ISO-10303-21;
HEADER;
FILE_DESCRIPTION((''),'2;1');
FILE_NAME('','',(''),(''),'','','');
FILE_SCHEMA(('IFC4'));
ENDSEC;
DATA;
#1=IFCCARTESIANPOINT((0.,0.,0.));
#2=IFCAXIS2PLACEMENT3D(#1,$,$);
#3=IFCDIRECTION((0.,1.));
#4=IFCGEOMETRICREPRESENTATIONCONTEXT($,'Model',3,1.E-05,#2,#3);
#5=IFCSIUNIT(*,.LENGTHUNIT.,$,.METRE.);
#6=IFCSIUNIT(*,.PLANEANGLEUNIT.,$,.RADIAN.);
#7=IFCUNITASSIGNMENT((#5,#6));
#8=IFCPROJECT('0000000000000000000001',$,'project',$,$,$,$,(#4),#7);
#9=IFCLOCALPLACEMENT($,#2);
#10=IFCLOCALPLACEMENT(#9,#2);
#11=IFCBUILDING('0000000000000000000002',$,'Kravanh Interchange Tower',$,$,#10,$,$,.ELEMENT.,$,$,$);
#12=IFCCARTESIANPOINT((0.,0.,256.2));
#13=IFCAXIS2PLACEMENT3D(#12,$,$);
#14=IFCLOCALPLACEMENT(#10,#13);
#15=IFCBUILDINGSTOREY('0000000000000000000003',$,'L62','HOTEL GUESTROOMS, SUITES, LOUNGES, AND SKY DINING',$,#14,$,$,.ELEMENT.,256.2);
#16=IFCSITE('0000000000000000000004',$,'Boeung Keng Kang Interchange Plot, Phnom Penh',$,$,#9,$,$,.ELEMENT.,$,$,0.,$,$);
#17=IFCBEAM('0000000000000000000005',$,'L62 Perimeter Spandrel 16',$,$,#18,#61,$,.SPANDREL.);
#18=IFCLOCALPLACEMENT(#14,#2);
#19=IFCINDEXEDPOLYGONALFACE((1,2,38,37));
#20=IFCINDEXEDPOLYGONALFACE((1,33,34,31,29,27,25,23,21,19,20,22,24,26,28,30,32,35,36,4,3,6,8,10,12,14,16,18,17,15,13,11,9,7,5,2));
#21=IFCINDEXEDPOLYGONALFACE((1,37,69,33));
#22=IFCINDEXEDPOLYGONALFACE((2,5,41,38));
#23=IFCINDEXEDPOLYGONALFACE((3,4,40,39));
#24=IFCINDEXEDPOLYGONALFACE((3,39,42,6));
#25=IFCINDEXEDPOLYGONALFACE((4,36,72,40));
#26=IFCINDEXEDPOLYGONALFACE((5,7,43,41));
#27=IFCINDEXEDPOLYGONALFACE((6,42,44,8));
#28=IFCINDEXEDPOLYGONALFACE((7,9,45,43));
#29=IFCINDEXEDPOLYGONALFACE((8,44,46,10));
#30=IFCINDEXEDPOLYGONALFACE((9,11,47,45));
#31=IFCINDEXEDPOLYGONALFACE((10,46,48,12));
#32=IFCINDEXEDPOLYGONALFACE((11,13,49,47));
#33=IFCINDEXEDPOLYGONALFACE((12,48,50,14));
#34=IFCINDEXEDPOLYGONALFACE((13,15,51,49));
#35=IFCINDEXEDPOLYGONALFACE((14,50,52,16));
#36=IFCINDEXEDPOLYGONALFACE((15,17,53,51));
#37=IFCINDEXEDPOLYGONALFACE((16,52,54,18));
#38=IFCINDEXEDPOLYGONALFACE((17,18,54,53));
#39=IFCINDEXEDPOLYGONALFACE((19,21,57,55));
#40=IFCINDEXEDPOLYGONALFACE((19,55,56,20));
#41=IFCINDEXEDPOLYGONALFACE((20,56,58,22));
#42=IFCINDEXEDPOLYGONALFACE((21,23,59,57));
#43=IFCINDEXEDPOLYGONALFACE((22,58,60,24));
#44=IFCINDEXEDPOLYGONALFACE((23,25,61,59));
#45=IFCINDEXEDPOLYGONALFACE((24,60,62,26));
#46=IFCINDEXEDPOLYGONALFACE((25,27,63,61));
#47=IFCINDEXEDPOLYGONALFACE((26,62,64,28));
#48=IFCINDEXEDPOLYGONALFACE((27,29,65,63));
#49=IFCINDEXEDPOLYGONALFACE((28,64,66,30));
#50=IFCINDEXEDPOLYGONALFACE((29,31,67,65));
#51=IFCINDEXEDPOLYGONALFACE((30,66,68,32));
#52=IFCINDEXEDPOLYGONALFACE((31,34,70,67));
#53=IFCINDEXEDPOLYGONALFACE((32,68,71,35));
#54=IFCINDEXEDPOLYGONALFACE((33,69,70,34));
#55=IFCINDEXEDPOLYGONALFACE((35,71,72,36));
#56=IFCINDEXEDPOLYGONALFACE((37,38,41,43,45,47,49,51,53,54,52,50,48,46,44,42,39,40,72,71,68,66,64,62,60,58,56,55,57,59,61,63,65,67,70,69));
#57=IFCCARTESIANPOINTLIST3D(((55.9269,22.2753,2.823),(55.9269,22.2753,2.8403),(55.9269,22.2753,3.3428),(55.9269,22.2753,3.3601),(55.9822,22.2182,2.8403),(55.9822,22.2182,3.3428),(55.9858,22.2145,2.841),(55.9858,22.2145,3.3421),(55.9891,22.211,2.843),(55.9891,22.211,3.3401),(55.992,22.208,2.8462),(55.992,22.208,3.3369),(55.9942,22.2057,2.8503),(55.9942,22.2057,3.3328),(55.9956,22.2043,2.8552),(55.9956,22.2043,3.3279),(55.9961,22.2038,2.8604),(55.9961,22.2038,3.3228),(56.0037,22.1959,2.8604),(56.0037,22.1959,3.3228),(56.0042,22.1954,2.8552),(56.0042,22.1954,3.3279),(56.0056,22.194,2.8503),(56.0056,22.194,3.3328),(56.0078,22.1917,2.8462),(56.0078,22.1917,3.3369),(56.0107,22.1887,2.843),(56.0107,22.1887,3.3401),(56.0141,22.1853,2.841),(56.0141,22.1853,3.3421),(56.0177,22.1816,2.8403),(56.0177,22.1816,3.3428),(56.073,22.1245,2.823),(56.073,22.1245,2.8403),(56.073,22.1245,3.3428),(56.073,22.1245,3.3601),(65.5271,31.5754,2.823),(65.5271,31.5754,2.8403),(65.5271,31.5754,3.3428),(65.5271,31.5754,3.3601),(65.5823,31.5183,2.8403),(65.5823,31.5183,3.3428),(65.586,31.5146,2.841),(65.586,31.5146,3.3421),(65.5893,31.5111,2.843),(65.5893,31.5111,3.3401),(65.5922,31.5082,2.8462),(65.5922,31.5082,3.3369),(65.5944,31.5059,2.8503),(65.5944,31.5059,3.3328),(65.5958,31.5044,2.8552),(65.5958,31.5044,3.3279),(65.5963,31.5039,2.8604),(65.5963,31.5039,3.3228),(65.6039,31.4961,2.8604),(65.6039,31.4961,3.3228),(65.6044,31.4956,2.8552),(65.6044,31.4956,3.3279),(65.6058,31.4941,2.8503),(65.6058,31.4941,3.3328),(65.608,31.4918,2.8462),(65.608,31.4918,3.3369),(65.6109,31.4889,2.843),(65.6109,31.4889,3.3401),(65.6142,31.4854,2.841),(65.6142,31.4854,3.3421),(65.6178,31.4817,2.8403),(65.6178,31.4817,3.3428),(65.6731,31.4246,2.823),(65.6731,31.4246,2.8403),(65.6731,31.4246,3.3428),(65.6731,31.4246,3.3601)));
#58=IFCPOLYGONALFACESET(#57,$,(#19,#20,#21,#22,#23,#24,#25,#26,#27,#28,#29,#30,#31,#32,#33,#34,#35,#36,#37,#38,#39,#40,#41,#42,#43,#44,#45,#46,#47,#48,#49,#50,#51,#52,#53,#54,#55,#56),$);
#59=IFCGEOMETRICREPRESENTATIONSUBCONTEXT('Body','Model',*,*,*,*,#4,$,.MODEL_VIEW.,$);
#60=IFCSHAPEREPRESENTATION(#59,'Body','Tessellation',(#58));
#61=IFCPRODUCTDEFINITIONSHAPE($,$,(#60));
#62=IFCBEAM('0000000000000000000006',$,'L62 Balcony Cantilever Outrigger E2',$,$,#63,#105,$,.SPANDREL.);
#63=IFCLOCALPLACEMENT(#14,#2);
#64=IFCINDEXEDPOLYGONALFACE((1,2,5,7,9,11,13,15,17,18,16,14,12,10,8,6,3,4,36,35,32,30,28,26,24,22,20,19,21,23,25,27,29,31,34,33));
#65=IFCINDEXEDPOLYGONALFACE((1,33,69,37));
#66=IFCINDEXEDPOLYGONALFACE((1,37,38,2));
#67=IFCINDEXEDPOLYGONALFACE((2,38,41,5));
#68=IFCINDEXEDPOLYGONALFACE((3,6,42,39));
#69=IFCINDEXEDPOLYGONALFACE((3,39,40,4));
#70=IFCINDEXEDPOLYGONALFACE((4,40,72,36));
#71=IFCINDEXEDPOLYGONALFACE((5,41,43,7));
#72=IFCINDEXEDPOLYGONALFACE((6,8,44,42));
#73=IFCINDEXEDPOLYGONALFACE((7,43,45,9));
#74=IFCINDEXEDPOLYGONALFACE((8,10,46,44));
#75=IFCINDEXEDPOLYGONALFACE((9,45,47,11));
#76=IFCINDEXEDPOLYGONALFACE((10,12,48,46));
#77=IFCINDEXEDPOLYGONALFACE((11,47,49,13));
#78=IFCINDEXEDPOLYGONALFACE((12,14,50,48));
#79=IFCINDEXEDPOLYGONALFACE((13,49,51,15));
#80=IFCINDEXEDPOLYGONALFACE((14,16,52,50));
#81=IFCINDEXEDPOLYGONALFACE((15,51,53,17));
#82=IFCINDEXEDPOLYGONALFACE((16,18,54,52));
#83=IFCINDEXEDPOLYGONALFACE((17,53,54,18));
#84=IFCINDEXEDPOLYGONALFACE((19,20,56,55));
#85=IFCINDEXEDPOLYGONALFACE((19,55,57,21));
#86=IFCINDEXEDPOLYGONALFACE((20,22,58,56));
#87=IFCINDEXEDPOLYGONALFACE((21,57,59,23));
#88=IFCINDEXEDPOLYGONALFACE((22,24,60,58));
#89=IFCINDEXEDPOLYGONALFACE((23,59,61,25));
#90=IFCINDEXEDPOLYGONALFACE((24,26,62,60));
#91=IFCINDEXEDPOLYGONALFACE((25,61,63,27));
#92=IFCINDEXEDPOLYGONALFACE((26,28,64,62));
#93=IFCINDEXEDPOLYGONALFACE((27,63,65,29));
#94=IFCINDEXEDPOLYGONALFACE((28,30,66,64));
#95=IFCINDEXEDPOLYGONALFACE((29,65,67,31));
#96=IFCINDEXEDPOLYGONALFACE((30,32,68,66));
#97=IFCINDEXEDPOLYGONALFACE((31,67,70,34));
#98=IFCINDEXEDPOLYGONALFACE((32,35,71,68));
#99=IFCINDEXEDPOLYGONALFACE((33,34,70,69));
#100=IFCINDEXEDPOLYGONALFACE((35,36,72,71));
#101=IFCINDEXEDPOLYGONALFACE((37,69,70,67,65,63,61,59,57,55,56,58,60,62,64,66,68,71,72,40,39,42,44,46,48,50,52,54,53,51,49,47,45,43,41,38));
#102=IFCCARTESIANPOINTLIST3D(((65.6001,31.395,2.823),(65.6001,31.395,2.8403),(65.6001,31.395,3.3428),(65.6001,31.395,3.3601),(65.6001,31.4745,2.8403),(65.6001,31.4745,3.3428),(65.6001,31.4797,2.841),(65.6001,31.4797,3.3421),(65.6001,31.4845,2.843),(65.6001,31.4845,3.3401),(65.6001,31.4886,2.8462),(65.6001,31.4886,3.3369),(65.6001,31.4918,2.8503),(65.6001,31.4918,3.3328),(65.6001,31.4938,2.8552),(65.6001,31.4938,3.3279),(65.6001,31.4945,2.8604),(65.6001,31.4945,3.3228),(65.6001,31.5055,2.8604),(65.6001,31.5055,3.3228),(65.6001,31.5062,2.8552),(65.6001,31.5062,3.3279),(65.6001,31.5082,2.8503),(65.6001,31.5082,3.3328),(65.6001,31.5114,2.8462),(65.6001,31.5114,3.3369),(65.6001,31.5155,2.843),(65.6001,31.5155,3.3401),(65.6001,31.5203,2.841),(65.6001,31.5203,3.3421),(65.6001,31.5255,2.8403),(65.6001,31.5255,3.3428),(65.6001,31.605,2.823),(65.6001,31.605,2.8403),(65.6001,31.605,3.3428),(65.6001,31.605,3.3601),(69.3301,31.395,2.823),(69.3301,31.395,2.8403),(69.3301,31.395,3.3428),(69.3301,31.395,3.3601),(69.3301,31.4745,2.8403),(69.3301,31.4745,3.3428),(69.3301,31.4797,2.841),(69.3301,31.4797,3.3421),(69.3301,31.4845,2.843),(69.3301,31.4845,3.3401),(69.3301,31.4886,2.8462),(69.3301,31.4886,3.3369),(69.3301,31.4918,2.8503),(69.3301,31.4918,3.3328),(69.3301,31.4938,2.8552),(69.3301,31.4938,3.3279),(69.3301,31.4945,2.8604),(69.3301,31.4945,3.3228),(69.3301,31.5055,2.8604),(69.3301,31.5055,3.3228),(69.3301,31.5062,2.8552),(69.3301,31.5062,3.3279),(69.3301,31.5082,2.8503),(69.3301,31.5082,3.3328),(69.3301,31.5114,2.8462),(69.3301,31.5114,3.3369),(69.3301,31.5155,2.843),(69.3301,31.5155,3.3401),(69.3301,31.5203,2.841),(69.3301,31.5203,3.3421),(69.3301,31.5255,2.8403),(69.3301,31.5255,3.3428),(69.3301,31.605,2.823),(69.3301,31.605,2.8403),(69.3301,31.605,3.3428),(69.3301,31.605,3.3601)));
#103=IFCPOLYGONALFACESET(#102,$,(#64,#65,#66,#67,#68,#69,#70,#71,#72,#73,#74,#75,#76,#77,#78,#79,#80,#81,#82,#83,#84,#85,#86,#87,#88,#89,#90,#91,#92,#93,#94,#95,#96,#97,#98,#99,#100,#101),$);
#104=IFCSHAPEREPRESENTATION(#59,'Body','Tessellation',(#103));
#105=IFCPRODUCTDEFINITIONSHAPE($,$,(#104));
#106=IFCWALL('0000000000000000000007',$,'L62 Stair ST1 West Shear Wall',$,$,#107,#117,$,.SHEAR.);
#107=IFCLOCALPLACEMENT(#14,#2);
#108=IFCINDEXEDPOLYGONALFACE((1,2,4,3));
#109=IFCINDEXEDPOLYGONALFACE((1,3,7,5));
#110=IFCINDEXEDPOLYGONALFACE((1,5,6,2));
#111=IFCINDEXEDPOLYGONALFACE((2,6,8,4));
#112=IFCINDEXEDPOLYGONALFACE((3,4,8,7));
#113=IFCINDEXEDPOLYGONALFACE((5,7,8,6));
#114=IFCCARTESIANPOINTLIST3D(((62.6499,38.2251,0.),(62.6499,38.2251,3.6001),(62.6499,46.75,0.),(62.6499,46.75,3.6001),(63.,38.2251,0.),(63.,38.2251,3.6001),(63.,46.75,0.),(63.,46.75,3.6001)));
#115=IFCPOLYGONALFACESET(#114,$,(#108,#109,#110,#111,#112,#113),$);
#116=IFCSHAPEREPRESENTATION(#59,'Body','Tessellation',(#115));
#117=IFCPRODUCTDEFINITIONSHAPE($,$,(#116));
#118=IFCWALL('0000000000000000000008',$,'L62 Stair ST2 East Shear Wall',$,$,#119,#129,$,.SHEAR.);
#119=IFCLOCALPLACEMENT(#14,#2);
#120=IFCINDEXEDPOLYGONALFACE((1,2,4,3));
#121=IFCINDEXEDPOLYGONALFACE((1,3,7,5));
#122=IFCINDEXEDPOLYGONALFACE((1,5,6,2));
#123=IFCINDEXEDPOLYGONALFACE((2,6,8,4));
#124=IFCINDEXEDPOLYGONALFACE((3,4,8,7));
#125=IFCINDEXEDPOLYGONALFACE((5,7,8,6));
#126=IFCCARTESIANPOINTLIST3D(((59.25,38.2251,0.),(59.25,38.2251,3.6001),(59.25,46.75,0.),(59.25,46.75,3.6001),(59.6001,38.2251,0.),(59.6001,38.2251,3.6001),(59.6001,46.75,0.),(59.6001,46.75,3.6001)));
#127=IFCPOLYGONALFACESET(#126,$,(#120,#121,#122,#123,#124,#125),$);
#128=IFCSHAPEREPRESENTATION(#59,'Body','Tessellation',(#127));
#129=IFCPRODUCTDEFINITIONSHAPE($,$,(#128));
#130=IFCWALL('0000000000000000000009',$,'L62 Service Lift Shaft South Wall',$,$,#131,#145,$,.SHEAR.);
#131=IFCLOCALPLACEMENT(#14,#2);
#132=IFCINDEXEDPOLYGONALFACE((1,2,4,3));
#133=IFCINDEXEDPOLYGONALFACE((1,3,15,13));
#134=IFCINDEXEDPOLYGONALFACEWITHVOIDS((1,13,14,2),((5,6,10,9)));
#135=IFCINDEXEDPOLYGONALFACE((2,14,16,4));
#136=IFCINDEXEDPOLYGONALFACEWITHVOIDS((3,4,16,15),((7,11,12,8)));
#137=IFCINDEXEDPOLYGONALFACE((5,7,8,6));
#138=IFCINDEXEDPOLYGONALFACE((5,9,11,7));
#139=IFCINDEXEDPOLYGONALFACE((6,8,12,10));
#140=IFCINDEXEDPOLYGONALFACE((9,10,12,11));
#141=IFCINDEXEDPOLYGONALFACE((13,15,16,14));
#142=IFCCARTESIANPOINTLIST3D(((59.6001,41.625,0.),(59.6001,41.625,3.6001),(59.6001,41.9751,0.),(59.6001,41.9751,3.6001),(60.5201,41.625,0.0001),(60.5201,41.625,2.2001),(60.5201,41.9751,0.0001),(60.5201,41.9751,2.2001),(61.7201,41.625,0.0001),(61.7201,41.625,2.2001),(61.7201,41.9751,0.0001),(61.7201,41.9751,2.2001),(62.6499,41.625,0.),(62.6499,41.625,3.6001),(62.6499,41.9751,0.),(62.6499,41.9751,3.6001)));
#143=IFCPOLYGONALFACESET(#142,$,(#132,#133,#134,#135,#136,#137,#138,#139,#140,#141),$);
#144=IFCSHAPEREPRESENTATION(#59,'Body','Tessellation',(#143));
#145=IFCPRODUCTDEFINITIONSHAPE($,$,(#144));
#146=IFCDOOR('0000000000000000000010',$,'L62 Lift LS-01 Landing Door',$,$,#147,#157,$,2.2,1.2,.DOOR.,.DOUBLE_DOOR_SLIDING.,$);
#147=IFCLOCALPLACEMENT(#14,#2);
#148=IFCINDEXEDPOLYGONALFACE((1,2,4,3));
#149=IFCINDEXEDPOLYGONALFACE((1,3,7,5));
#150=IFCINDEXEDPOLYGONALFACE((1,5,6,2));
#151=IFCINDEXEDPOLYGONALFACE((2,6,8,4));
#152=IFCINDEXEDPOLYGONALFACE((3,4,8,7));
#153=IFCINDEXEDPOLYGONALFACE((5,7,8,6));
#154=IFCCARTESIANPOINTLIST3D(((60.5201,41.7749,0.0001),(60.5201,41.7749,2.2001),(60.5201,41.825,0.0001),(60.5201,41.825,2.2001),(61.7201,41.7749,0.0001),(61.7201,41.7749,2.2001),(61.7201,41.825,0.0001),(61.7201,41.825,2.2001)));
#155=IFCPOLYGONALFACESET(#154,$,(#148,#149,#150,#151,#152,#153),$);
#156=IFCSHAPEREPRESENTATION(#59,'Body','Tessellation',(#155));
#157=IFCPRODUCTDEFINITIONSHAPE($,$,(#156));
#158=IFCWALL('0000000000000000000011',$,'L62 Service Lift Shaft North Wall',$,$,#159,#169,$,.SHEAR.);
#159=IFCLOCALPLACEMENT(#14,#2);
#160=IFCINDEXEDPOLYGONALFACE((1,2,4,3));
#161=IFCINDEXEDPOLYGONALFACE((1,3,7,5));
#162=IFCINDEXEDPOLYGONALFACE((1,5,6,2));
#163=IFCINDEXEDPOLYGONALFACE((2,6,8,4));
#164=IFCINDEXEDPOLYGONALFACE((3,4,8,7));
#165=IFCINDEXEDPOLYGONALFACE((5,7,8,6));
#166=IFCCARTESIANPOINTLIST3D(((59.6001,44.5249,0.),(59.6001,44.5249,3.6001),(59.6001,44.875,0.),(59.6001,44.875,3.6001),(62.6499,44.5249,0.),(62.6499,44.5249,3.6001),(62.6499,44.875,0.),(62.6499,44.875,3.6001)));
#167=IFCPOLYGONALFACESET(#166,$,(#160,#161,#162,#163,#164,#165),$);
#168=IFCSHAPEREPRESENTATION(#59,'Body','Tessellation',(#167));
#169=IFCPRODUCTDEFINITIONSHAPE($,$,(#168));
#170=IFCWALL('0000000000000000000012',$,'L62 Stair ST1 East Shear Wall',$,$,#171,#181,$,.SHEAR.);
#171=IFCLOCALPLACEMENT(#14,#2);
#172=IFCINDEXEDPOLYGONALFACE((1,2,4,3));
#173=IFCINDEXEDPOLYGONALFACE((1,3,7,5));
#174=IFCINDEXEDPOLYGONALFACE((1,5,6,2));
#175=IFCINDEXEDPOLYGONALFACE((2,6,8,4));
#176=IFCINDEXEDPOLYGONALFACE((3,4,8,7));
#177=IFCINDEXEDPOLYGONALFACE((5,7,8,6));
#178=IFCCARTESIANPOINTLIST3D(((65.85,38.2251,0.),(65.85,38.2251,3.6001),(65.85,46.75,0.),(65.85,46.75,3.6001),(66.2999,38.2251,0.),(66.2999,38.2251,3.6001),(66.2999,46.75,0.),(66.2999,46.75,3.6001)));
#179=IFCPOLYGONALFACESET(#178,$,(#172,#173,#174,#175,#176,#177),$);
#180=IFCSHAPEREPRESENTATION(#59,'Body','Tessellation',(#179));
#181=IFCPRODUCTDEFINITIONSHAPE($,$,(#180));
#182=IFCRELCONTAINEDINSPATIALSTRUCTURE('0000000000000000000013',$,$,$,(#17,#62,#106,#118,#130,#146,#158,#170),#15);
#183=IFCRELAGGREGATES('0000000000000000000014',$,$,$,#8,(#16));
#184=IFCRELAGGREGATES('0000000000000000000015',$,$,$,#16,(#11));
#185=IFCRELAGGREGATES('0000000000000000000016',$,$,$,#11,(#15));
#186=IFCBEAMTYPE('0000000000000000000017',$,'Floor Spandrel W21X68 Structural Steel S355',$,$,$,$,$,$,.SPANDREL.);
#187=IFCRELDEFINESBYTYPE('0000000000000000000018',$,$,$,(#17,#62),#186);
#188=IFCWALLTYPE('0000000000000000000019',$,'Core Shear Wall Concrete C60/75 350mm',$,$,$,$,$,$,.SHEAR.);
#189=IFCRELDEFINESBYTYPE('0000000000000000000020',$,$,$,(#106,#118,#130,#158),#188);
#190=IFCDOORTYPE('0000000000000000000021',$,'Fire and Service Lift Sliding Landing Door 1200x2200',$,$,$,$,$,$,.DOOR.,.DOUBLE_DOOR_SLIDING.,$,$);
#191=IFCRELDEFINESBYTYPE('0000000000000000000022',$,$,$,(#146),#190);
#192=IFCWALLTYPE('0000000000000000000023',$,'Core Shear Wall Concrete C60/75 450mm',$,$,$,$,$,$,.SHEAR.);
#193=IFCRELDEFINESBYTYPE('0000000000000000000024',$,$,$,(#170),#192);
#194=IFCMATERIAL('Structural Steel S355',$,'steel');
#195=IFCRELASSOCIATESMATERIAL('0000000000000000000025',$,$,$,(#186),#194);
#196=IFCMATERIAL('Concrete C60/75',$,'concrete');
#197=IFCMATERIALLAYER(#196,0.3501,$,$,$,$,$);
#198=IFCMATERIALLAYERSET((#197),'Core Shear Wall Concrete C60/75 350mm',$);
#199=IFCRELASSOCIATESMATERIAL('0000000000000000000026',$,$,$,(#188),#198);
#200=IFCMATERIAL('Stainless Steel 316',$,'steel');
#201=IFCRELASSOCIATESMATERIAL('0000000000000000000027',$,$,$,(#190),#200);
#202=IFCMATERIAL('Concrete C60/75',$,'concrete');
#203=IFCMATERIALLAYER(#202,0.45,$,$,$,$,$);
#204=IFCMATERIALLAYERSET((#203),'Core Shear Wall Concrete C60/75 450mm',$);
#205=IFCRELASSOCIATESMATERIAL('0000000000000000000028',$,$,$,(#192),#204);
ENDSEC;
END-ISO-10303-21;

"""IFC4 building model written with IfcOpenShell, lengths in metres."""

from ifc_helpers import new_model, si_unit, direction, frame, frame_2d, origin, origin_2d, place, context, subcontext, project, spatial, rectangle, i_section, extrude, material, layer, layer_set, material_profile, profile_set, type_object, element, fill, save


model = new_model("IFC4")

# Units and contexts
model_context = context("Model", 3, precision=1e-05, world=origin(), true_north=direction((0.0, 1.0)))
body_context = subcontext(model_context, "Body", "Model", "MODEL_VIEW")
ifc_project = project(units=[si_unit("LENGTHUNIT", "METRE"), si_unit("PLANEANGLEUNIT", "RADIAN")], contexts=[model_context])

# Site, building, storey
site_placement = place(None, origin())
site = spatial("IfcSite", under=ifc_project, at=site_placement, Name="Boeung Keng Kang Interchange Plot, Phnom Penh", CompositionType="ELEMENT", RefElevation=0.0)
building_placement = place(site_placement, origin())
building = spatial("IfcBuilding", under=site, at=building_placement, Name="Kravanh Interchange Tower", CompositionType="ELEMENT")
storey_placement = place(building_placement, frame((0.0, 0.0, 256.2)))
storey = spatial("IfcBuildingStorey", under=building, at=storey_placement, Name="L62", Description="HOTEL GUESTROOMS, SUITES, LOUNGES, AND SKY DINING", CompositionType="ELEMENT", Elevation=256.2)

# Beams
ifc_material_1 = material(Name="Structural Steel S355", Category="steel")
ifc_material_profile_1 = material_profile(ifc_material_1, i_section(OverallWidth=0.21, OverallDepth=0.5371, WebThickness=0.011, FlangeThickness=0.0173, FilletRadius=0.02, at=origin_2d()), Name="W21X68")
ifc_profile_set_1 = profile_set([ifc_material_profile_1], Name="Structural Steel S355")
beam_type_1 = type_object("IfcBeamType", Name="Floor Spandrel W21X68 Structural Steel S355", PredefinedType="SPANDREL", material=ifc_profile_set_1)
beam_1_placement = place(storey_placement, frame((65.6001, 31.5, 3.0916), z_axis=(-0.718242, -0.695793, 0.0), x_axis=(0.695793, -0.718242, 0.0)))
element("IfcBeam", 1, at=beam_1_placement, inside=storey, type_object=beam_type_1, Name="L62 Perimeter Spandrel 16", PredefinedType="SPANDREL", context=body_context, shape_type="SweptSolid", body=[
    extrude(i_section(OverallWidth=0.21, OverallDepth=0.5371, WebThickness=0.011, FlangeThickness=0.0173, FilletRadius=0.02, at=origin_2d()), origin(), (0.0, 0.0, 1.0), 13.3662),
])
beam_2_placement = place(storey_placement, frame((65.6001, 31.5, 3.0916), z_axis=(1.0, 0.0, 0.0), x_axis=(0.0, 1.0, 0.0)))
element("IfcBeam", 2, at=beam_2_placement, inside=storey, type_object=beam_type_1, Name="L62 Balcony Cantilever Outrigger E2", PredefinedType="SPANDREL", context=body_context, shape_type="SweptSolid", body=[
    extrude(i_section(OverallWidth=0.21, OverallDepth=0.5371, WebThickness=0.011, FlangeThickness=0.0173, FilletRadius=0.02, at=origin_2d()), origin(), (0.0, 0.0, 1.0), 3.73),
])

# Walls
ifc_material_2 = material(Name="Concrete C60/75", Category="concrete")
ifc_layer_1 = layer(ifc_material_2, 0.3501)
ifc_layer_set_1 = layer_set([ifc_layer_1], Name="Core Shear Wall Concrete C60/75 350mm")
wall_type_1 = type_object("IfcWallType", Name="Core Shear Wall Concrete C60/75 350mm", PredefinedType="SHEAR", material=ifc_layer_set_1)
for number, where, z_axis, x_axis, name in (
    (3, (62.825, 38.2251, 0.0), (0.0, 0.0, 1.0), (0.0, 1.0, 0.0), "L62 Stair ST1 West Shear Wall"),
    (4, (59.425, 38.2251, 0.0), (0.0, 0.0, 1.0), (0.0, 1.0, 0.0), "L62 Stair ST2 East Shear Wall"),
):
    element("IfcWall", number, at=place(storey_placement, frame(where, z_axis=z_axis, x_axis=x_axis)), inside=storey, type_object=wall_type_1, Name=name, PredefinedType="SHEAR", context=body_context, shape_type="SweptSolid", body=[
        extrude(rectangle(XDim=8.5249, YDim=0.3501, at=frame_2d((4.2625, 0.0))), origin(), (0.0, 0.0, 1.0), 3.6001),
    ])

# Wall, opening, door
wall_1_placement = place(storey_placement, frame((59.6001, 41.8, 0.0), z_axis=(0.0, 0.0, 1.0), x_axis=(1.0, 0.0, 0.0)))
wall_1 = element("IfcWall", 5, at=wall_1_placement, inside=storey, type_object=wall_type_1, Name="L62 Service Lift Shaft South Wall", PredefinedType="SHEAR", context=body_context, shape_type="SweptSolid", body=[
    extrude(rectangle(XDim=3.0498, YDim=0.3501, at=frame_2d((1.5249, 0.0))), origin(), (0.0, 0.0, 1.0), 3.6001),
])
opening_1_placement = place(wall_1_placement, frame((0.9199, 0.0, 0.0)))
opening_1 = element("IfcOpeningElement", 6, at=opening_1_placement, cuts=wall_1, PredefinedType="OPENING", context=body_context, shape_type="SweptSolid", body=[
    extrude(rectangle(XDim=1.2, YDim=2.2, at=frame_2d((0.6001, 1.1001))), frame((0.0, 0.1851, 0.0), z_axis=(0.0, -1.0, 0.0), x_axis=(1.0, 0.0, 0.0)), (0.0, 0.0, 1.0), 0.3701),
])
ifc_material_3 = material(Name="Stainless Steel 316", Category="steel")
door_type_1 = type_object("IfcDoorType", Name="Fire and Service Lift Sliding Landing Door 1200x2200", OperationType="DOUBLE_DOOR_SLIDING", PredefinedType="DOOR", material=ifc_material_3)
door_1_placement = place(opening_1_placement, origin())
door_1 = element("IfcDoor", 7, at=door_1_placement, inside=storey, type_object=door_type_1, Name="L62 Lift LS-01 Landing Door", OperationType="DOUBLE_DOOR_SLIDING", OverallHeight=2.2, OverallWidth=1.2, PredefinedType="DOOR", context=body_context, shape_type="SweptSolid", body=[
    extrude(rectangle(XDim=1.2, YDim=2.2, at=frame_2d((0.6001, 1.1001))), frame((0.0, 0.0249, 0.0), z_axis=(0.0, -1.0, 0.0), x_axis=(1.0, 0.0, 0.0)), (0.0, 0.0, 1.0), 0.05),
])
fill(opening_1, door_1)

# Walls
wall_2_placement = place(storey_placement, frame((59.6001, 44.7, 0.0), z_axis=(0.0, 0.0, 1.0), x_axis=(1.0, 0.0, 0.0)))
element("IfcWall", 8, at=wall_2_placement, inside=storey, type_object=wall_type_1, Name="L62 Service Lift Shaft North Wall", PredefinedType="SHEAR", context=body_context, shape_type="SweptSolid", body=[
    extrude(rectangle(XDim=3.0498, YDim=0.3501, at=frame_2d((1.5249, 0.0))), origin(), (0.0, 0.0, 1.0), 3.6001),
])
ifc_material_4 = material(Name="Concrete C60/75", Category="concrete")
ifc_layer_2 = layer(ifc_material_4, 0.45)
ifc_layer_set_2 = layer_set([ifc_layer_2], Name="Core Shear Wall Concrete C60/75 450mm")
wall_type_2 = type_object("IfcWallType", Name="Core Shear Wall Concrete C60/75 450mm", PredefinedType="SHEAR", material=ifc_layer_set_2)
wall_3_placement = place(storey_placement, frame((66.075, 38.2251, 0.0), z_axis=(0.0, 0.0, 1.0), x_axis=(0.0, 1.0, 0.0)))
element("IfcWall", 9, at=wall_3_placement, inside=storey, type_object=wall_type_2, Name="L62 Stair ST1 East Shear Wall", PredefinedType="SHEAR", context=body_context, shape_type="SweptSolid", body=[
    extrude(rectangle(XDim=8.5249, YDim=0.45, at=frame_2d((4.2625, 0.0))), origin(), (0.0, 0.0, 1.0), 3.6001),
])

save(model, "model.ifc")
